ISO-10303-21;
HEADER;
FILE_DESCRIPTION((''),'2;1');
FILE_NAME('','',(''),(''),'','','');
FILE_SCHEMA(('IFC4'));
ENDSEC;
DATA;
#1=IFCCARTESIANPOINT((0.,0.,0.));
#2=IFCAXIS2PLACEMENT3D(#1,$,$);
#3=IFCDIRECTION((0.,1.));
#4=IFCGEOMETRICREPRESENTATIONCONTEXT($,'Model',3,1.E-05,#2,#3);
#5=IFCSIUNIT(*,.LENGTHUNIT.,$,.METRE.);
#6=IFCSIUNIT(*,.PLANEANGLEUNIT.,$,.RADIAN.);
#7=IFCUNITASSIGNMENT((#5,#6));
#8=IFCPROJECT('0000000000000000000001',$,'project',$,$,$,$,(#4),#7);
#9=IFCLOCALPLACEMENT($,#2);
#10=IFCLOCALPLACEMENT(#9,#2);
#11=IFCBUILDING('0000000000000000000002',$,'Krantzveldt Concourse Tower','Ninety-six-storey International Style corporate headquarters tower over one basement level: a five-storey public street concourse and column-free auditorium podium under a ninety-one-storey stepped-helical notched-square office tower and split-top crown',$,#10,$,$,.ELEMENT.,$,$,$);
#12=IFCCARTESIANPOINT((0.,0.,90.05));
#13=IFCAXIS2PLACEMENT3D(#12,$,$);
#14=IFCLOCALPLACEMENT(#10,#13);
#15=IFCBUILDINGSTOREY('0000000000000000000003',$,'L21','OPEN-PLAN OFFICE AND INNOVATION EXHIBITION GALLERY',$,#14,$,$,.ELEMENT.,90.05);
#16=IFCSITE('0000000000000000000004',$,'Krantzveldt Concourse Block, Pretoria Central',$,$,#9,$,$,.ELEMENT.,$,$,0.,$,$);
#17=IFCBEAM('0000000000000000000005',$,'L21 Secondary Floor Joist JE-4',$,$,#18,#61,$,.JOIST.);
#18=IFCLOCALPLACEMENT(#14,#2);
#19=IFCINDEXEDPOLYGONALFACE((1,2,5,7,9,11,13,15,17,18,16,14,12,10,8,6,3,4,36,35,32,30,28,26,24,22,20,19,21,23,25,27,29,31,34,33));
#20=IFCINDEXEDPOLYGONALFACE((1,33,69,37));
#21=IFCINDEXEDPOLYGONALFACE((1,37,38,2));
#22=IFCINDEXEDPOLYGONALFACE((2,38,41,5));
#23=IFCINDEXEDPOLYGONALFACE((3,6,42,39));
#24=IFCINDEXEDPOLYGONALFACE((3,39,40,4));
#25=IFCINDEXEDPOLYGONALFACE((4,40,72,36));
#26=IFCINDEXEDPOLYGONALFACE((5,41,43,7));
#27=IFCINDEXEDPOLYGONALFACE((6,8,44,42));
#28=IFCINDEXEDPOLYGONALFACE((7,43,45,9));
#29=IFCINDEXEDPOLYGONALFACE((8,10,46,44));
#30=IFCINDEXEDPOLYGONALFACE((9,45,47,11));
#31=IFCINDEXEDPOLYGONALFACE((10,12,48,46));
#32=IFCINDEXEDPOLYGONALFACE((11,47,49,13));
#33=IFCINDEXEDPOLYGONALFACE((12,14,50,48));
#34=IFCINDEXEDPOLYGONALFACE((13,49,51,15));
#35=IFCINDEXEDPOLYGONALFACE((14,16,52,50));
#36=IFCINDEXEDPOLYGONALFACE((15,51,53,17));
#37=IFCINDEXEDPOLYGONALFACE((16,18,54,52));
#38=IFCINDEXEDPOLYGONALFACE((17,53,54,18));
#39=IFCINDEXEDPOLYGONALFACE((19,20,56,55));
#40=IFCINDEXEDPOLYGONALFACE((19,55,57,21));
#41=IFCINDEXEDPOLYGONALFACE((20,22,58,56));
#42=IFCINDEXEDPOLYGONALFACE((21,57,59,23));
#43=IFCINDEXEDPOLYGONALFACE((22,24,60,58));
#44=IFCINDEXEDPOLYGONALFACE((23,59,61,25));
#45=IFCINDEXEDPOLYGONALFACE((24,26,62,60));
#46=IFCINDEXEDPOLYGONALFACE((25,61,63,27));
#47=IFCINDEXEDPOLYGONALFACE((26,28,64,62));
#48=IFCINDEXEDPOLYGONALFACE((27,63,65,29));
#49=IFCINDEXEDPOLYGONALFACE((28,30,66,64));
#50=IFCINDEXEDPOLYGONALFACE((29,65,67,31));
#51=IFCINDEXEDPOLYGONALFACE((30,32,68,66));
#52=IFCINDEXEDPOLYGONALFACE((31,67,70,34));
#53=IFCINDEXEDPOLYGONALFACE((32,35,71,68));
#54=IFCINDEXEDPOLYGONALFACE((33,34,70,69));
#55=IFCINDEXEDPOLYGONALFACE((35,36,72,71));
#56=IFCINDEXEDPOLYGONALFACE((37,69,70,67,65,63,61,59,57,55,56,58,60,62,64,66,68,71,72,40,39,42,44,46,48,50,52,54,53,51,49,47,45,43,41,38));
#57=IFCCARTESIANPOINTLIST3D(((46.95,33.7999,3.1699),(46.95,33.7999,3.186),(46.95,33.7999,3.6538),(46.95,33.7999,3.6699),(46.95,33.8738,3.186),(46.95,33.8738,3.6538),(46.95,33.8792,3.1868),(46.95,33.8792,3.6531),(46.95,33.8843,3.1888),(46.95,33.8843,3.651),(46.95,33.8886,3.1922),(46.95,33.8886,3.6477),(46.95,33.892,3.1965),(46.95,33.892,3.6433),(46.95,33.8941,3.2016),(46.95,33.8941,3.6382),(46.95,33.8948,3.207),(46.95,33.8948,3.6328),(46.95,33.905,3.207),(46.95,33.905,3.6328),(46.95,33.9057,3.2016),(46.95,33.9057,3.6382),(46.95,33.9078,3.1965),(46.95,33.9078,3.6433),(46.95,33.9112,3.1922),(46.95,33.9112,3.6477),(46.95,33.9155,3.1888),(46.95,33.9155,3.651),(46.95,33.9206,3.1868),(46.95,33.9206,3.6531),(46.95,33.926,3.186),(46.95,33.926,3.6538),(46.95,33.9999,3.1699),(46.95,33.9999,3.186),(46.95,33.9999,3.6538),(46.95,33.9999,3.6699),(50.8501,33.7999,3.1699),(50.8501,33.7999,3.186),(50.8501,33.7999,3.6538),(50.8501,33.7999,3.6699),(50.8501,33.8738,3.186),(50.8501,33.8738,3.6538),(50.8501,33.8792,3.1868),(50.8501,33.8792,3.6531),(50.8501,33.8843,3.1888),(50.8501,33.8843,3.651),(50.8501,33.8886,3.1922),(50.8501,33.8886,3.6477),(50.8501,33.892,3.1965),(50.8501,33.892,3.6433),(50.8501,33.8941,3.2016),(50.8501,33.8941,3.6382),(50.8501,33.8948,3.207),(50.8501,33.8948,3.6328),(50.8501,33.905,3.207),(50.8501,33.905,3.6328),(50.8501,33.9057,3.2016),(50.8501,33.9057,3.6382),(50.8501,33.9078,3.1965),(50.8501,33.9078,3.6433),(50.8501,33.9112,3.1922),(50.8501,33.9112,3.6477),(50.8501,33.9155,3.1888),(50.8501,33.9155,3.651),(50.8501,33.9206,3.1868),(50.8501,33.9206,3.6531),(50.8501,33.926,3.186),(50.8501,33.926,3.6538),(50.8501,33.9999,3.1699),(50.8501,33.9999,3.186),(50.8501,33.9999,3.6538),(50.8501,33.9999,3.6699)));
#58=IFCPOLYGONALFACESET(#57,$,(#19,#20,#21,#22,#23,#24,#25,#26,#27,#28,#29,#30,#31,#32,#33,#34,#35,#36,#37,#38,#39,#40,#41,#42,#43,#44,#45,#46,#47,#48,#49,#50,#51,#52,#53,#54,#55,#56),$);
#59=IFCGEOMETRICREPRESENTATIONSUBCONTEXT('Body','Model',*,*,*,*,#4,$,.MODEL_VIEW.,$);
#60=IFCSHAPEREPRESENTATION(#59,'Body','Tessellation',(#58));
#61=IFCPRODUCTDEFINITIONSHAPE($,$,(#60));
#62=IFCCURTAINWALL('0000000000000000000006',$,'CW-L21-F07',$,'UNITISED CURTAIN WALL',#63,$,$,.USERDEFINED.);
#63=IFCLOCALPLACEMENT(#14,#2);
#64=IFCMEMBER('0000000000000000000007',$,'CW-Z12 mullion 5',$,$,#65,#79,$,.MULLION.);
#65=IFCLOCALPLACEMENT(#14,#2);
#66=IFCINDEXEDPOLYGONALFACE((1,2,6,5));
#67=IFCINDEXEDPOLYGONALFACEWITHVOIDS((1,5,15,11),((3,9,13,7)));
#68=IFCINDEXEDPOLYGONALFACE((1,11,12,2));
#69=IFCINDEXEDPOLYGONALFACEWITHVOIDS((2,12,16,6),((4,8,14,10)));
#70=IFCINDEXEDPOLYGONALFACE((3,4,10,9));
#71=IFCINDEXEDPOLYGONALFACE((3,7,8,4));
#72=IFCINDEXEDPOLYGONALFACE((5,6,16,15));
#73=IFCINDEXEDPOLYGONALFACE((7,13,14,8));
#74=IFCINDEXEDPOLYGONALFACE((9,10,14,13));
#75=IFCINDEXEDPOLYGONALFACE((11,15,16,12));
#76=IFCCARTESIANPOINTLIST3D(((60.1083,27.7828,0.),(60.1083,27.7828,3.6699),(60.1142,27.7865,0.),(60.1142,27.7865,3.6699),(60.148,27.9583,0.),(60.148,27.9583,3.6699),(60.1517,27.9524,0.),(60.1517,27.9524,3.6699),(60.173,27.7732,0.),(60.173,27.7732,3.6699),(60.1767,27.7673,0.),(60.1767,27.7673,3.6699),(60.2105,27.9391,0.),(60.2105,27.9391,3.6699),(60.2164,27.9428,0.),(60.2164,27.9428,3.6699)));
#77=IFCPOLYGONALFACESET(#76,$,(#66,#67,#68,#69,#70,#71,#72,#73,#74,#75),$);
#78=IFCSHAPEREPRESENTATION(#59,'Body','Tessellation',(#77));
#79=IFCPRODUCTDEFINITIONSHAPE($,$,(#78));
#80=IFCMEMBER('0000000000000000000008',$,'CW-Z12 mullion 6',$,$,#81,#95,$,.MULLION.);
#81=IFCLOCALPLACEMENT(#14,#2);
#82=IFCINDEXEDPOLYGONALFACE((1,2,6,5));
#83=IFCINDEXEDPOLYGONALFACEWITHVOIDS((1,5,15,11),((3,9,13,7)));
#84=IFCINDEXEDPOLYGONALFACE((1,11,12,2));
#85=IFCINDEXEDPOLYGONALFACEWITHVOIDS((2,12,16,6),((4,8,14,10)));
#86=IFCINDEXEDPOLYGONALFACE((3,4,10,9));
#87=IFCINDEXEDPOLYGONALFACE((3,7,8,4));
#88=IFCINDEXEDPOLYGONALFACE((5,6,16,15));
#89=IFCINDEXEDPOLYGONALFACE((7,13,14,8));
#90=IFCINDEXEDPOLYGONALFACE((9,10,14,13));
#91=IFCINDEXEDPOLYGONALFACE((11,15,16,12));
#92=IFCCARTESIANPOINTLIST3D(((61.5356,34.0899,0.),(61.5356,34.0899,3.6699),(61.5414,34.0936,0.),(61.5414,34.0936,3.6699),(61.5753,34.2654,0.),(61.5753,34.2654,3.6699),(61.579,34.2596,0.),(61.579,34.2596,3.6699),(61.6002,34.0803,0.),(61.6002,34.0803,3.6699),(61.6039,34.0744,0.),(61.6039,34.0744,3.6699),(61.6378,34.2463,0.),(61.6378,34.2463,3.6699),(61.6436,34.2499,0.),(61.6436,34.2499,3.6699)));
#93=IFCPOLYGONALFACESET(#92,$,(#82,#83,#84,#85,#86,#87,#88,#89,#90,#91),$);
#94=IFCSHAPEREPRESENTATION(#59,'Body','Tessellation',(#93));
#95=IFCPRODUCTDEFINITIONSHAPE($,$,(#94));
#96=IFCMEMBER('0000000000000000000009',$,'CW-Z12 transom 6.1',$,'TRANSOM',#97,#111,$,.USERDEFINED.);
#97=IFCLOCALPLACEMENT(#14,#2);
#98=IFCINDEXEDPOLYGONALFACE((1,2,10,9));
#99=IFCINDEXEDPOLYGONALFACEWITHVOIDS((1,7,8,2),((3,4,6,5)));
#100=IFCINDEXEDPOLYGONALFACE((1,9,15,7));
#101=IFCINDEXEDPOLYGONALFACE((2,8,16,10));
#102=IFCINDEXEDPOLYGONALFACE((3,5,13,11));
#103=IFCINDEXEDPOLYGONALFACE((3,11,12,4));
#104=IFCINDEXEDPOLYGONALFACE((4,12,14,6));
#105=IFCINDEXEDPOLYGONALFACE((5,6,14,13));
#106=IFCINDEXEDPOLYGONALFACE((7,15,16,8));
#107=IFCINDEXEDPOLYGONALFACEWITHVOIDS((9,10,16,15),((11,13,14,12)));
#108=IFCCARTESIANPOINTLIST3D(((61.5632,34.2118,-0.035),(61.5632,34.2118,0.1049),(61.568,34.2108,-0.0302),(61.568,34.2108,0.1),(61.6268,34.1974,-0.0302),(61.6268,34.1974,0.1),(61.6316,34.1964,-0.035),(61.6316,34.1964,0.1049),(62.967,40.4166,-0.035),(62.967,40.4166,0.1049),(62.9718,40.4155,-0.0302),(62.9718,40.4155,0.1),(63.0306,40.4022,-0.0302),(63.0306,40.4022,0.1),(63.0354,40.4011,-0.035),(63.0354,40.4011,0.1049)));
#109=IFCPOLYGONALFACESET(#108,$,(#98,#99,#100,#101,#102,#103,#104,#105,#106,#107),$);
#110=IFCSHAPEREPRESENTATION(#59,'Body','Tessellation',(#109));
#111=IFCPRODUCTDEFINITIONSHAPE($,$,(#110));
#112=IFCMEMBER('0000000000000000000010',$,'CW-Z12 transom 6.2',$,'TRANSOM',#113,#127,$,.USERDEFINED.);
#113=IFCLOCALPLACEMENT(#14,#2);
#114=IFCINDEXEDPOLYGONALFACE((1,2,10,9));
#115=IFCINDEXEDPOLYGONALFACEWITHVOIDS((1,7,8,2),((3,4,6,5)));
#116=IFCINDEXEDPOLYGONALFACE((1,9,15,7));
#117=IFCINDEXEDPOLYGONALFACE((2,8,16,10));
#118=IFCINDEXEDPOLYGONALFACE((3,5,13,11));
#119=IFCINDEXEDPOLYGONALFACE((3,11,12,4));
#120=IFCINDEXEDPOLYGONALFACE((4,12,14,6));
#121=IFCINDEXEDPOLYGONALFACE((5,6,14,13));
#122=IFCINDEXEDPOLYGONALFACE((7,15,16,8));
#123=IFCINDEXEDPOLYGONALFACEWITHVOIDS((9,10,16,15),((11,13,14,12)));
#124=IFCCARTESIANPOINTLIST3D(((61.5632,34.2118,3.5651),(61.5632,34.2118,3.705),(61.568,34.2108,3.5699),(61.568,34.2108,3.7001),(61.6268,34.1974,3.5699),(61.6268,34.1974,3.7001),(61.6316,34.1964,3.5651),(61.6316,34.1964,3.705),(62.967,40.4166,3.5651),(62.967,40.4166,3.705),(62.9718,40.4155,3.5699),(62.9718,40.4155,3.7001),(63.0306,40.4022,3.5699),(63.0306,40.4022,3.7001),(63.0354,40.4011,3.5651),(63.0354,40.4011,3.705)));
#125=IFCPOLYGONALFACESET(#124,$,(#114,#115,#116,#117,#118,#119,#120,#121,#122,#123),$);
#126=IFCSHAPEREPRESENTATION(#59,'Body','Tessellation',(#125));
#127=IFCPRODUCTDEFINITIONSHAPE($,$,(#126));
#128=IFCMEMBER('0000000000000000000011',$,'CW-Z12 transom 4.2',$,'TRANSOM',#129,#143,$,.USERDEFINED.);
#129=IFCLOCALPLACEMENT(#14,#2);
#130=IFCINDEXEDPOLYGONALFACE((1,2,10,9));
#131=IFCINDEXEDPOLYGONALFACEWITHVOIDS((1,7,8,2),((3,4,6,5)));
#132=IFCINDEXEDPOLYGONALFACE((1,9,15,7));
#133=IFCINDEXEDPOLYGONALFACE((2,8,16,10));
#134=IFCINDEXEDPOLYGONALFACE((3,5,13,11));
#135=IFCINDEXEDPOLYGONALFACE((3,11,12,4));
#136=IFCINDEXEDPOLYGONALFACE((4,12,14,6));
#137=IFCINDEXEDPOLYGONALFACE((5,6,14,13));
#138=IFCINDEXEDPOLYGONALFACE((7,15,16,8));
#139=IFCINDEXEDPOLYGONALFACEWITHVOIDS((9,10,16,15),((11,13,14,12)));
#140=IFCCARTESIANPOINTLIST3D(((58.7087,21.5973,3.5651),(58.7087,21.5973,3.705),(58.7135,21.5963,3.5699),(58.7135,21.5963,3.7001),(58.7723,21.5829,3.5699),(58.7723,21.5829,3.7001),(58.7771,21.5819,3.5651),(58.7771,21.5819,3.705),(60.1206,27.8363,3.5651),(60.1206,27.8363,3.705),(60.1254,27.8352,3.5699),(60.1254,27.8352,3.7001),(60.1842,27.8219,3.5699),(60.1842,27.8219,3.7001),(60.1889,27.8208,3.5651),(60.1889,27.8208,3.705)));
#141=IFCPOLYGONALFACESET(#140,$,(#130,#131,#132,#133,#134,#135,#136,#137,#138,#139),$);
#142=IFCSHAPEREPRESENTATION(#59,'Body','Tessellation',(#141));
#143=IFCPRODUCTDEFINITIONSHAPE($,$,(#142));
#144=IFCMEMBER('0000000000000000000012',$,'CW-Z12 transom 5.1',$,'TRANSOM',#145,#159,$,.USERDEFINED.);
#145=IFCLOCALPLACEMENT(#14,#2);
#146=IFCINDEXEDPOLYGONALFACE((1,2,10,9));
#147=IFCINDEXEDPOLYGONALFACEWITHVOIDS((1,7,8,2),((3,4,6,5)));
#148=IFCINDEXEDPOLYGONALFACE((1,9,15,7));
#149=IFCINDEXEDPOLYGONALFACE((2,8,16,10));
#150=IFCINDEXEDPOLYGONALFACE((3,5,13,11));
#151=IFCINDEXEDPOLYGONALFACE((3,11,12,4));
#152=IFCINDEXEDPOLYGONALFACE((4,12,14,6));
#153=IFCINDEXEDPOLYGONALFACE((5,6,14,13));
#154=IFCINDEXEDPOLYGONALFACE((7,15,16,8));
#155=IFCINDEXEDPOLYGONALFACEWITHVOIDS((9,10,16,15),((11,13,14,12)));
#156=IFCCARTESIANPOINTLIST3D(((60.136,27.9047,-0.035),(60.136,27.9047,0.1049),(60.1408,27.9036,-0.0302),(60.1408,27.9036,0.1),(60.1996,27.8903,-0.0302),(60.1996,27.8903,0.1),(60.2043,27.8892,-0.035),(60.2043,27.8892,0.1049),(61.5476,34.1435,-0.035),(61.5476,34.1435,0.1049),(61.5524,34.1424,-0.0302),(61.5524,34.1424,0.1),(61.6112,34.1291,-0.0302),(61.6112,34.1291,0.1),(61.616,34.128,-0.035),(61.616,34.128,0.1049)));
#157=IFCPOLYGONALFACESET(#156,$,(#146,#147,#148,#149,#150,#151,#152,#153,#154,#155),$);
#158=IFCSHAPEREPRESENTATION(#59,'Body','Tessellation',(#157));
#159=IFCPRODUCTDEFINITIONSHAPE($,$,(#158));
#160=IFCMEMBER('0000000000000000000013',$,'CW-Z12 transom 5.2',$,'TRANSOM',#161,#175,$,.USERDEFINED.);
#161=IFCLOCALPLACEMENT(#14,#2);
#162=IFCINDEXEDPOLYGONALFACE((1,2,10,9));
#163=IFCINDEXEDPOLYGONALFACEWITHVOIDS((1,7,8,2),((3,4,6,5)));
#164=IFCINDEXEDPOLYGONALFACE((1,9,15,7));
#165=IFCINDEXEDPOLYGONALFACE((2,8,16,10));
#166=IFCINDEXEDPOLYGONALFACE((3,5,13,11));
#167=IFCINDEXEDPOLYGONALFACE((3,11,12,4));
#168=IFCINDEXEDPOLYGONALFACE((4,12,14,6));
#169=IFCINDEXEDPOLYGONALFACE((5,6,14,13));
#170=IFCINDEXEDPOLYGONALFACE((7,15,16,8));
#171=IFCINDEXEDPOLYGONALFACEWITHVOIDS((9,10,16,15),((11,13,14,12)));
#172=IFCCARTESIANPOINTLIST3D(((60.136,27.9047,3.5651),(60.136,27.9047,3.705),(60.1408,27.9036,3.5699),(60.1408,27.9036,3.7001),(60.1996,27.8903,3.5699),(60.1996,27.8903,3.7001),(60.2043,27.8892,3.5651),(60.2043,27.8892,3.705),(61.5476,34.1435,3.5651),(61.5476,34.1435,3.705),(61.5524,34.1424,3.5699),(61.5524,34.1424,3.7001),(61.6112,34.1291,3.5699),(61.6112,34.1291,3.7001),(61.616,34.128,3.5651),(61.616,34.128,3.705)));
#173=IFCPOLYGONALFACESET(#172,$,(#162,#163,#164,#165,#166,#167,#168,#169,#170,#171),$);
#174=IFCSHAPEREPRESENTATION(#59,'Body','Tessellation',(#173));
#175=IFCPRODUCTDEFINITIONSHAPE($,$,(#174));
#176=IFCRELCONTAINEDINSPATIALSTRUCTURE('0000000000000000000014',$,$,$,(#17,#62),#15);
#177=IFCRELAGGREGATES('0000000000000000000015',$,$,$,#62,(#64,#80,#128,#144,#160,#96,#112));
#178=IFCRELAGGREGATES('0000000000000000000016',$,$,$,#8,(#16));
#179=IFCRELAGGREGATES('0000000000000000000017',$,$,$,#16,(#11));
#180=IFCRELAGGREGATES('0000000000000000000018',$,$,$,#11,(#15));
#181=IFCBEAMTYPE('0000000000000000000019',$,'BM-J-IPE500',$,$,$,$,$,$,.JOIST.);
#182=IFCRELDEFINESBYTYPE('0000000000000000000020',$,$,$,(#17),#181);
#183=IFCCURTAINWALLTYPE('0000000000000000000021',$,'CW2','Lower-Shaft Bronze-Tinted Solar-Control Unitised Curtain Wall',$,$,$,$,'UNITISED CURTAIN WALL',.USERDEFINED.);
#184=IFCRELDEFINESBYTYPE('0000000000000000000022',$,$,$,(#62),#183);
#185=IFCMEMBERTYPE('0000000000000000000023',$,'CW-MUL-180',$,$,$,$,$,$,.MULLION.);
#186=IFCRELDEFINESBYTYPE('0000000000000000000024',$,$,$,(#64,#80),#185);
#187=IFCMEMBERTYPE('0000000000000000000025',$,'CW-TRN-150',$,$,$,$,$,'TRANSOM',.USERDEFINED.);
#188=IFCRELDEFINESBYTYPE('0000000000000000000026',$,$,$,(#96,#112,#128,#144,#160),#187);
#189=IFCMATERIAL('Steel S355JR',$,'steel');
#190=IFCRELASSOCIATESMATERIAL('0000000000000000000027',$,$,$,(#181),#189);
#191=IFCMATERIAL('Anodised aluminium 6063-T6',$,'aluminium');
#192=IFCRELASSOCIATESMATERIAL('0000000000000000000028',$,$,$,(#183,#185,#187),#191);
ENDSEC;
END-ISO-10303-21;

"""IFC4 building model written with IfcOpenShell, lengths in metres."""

from ifc_helpers import new_model, si_unit, direction, frame, origin, origin_2d, place, context, subcontext, project, spatial, hollow_rectangle, i_section, extrude, source, transform, mapped, material, material_profile, profile_set, type_object, type_shapes, element, aggregate, save


model = new_model("IFC4")

# Units and contexts
model_context = context("Model", 3, precision=1e-05, world=origin(), true_north=direction((0.0, 1.0)))
body_context = subcontext(model_context, "Body", "Model", "MODEL_VIEW")
ifc_project = project(units=[si_unit("LENGTHUNIT", "METRE"), si_unit("PLANEANGLEUNIT", "RADIAN")], contexts=[model_context])

# Site, building, storey
site_placement = place(None, origin())
site = spatial("IfcSite", under=ifc_project, at=site_placement, Name="Krantzveldt Concourse Block, Pretoria Central", CompositionType="ELEMENT", RefElevation=0.0)
building_placement = place(site_placement, origin())
building = spatial("IfcBuilding", under=site, at=building_placement, Name="Krantzveldt Concourse Tower", Description="Ninety-six-storey International Style corporate headquarters tower over one basement level: a five-storey public street concourse and column-free auditorium podium under a ninety-one-storey stepped-helical notched-square office tower and split-top crown", CompositionType="ELEMENT")
storey_placement = place(building_placement, frame((0.0, 0.0, 90.05)))
storey = spatial("IfcBuildingStorey", under=building, at=storey_placement, Name="L21", Description="OPEN-PLAN OFFICE AND INNOVATION EXHIBITION GALLERY", CompositionType="ELEMENT", Elevation=90.05)

# Beam
ifc_material_1 = material(Name="Steel S355JR", Category="steel")
ifc_material_profile_1 = material_profile(ifc_material_1, i_section(OverallWidth=0.2, OverallDepth=0.5, WebThickness=0.0103, FlangeThickness=0.0161, FilletRadius=0.021, at=origin_2d()), Name="Steel S355JR", Category="steel")
ifc_profile_set_1 = profile_set([ifc_material_profile_1], Name="Steel S355JR - IPE 500")
beam_type_1 = type_object("IfcBeamType", Name="BM-J-IPE500", PredefinedType="JOIST", material=ifc_profile_set_1)
shared_shape_1 = source(origin(), body_context, "Body", "SweptSolid", [
    extrude(i_section(OverallWidth=0.2, OverallDepth=0.5, WebThickness=0.0103, FlangeThickness=0.0161, FilletRadius=0.021, at=origin_2d()), origin(), (0.0, 0.0, 1.0), 3.9001),
])
type_shapes(beam_type_1, [shared_shape_1])
for number, where, z_axis, x_axis, name in (
    (1, (46.95, 33.8999, 3.4199), (1.0, 0.0, 0.0), (0.0, 1.0, 0.0), "L21 Secondary Floor Joist JE-4"),
):
    element("IfcBeam", number, at=place(storey_placement, frame(where, z_axis=z_axis, x_axis=x_axis)), inside=storey, type_object=beam_type_1, Name=name, PredefinedType="JOIST", context=body_context, shape_type="MappedRepresentation", body=[
        mapped(shared_shape_1, transform((0.0, 0.0, 0.0), x_axis=(1.0, 0.0, 0.0), y_axis=(0.0, 1.0, 0.0), z_axis=(0.0, 0.0, 1.0), scale=1.0)),
    ])

# Curtain wall, members
ifc_material_2 = material(Name="Anodised aluminium 6063-T6", Category="aluminium")
curtain_wall_type = type_object("IfcCurtainWallType", Name="CW2", Description="Lower-Shaft Bronze-Tinted Solar-Control Unitised Curtain Wall", ElementType="UNITISED CURTAIN WALL", PredefinedType="USERDEFINED", material=ifc_material_2)
curtain_wall_placement = place(storey_placement, origin())
curtain_wall = element("IfcCurtainWall", 2, at=curtain_wall_placement, inside=storey, type_object=curtain_wall_type, Name="CW-L21-F07", ObjectType="UNITISED CURTAIN WALL", PredefinedType="USERDEFINED")
ifc_material_profile_2 = material_profile(ifc_material_2, hollow_rectangle(XDim=0.0701, YDim=0.1799, WallThickness=0.0049, at=origin_2d()), Name="Anodised aluminium 6063-T6", Category="aluminium")
ifc_profile_set_2 = profile_set([ifc_material_profile_2], Name="Anodised aluminium 6063-T6 - ALU-MULL 180x70x5")
member_type_1 = type_object("IfcMemberType", Name="CW-MUL-180", PredefinedType="MULLION", material=ifc_profile_set_2)
shared_shape_2 = source(origin(), body_context, "Body", "SweptSolid", [
    extrude(hollow_rectangle(XDim=0.0701, YDim=0.1799, WallThickness=0.0049, at=origin_2d()), origin(), (0.0, 0.0, 1.0), 3.6699),
])
type_shapes(member_type_1, [shared_shape_2])
member_1_placement = place(storey_placement, frame((60.1624, 27.8628, 0.0), z_axis=(0.0, 0.0, 1.0), x_axis=(-0.975342, 0.220697, 0.0)))
member_1 = element("IfcMember", 3, at=member_1_placement, type_object=member_type_1, Name="CW-Z12 mullion 5", PredefinedType="MULLION", context=body_context, shape_type="MappedRepresentation", body=[
    mapped(shared_shape_2, transform((0.0, 0.0, 0.0), x_axis=(1.0, 0.0, 0.0), y_axis=(0.0, 1.0, 0.0), z_axis=(0.0, 0.0, 1.0), scale=1.0)),
])
member_2_placement = place(storey_placement, frame((61.5896, 34.1699, 0.0), z_axis=(0.0, 0.0, 1.0), x_axis=(-0.975342, 0.220697, 0.0)))
member_2 = element("IfcMember", 4, at=member_2_placement, type_object=member_type_1, Name="CW-Z12 mullion 6", PredefinedType="MULLION", context=body_context, shape_type="MappedRepresentation", body=[
    mapped(shared_shape_2, transform((0.0, 0.0, 0.0), x_axis=(1.0, 0.0, 0.0), y_axis=(0.0, 1.0, 0.0), z_axis=(0.0, 0.0, 1.0), scale=1.0)),
])
ifc_material_profile_3 = material_profile(ifc_material_2, hollow_rectangle(XDim=0.0701, YDim=0.1399, WallThickness=0.0049, at=origin_2d()), Name="Anodised aluminium 6063-T6", Category="aluminium")
ifc_profile_set_3 = profile_set([ifc_material_profile_3], Name="Anodised aluminium 6063-T6 - ALU-TRAN 140x70x5")
member_type_2 = type_object("IfcMemberType", Name="CW-TRN-150", ElementType="TRANSOM", PredefinedType="USERDEFINED", material=ifc_profile_set_3)
shared_shape_3 = source(origin(), body_context, "Body", "SweptSolid", [
    extrude(hollow_rectangle(XDim=0.0701, YDim=0.1399, WallThickness=0.0049, at=origin_2d()), origin(), (0.0, 0.0, 1.0), 6.3616),
])
member_3_placement = place(storey_placement, frame((61.5974, 34.2041, 0.0349), z_axis=(0.220667, 0.975349, 0.0), x_axis=(-0.975349, 0.220667, 0.0)))
member_3 = element("IfcMember", 5, at=member_3_placement, type_object=member_type_2, Name="CW-Z12 transom 6.1", ObjectType="TRANSOM", PredefinedType="USERDEFINED", context=body_context, shape_type="MappedRepresentation", body=[
    mapped(shared_shape_3, transform((0.0, 0.0, 0.0), x_axis=(1.0, 0.0, 0.0), y_axis=(0.0, 1.0, 0.0), z_axis=(0.0, 0.0, 1.0), scale=1.0)),
])
member_4_placement = place(storey_placement, frame((61.5974, 34.2041, 3.635), z_axis=(0.220667, 0.975349, 0.0), x_axis=(-0.975349, 0.220667, 0.0)))
member_4 = element("IfcMember", 6, at=member_4_placement, type_object=member_type_2, Name="CW-Z12 transom 6.2", ObjectType="TRANSOM", PredefinedType="USERDEFINED", context=body_context, shape_type="MappedRepresentation", body=[
    mapped(shared_shape_3, transform((0.0, 0.0, 0.0), x_axis=(1.0, 0.0, 0.0), y_axis=(0.0, 1.0, 0.0), z_axis=(0.0, 0.0, 1.0), scale=1.0)),
])
shared_shape_4 = source(origin(), body_context, "Body", "SweptSolid", [
    extrude(hollow_rectangle(XDim=0.0701, YDim=0.1399, WallThickness=0.0049, at=origin_2d()), origin(), (0.0, 0.0, 1.0), 6.3967),
])
member_5_placement = place(storey_placement, frame((58.7429, 21.5896, 3.635), z_axis=(0.220715, 0.975338, 0.0), x_axis=(-0.975338, 0.220715, 0.0)))
member_5 = element("IfcMember", 7, at=member_5_placement, type_object=member_type_2, Name="CW-Z12 transom 4.2", ObjectType="TRANSOM", PredefinedType="USERDEFINED", context=body_context, shape_type="MappedRepresentation", body=[
    mapped(shared_shape_4, transform((0.0, 0.0, 0.0), x_axis=(1.0, 0.0, 0.0), y_axis=(0.0, 1.0, 0.0), z_axis=(0.0, 0.0, 1.0), scale=1.0)),
])
shared_shape_5 = source(origin(), body_context, "Body", "SweptSolid", [
    extrude(hollow_rectangle(XDim=0.0701, YDim=0.1399, WallThickness=0.0049, at=origin_2d()), origin(), (0.0, 0.0, 1.0), 6.3965),
])
type_shapes(member_type_2, [shared_shape_3, shared_shape_4, shared_shape_5])
member_6_placement = place(storey_placement, frame((60.1702, 27.897, 0.0349), z_axis=(0.220687, 0.975345, 0.0), x_axis=(-0.975345, 0.220687, 0.0)))
member_6 = element("IfcMember", 8, at=member_6_placement, type_object=member_type_2, Name="CW-Z12 transom 5.1", ObjectType="TRANSOM", PredefinedType="USERDEFINED", context=body_context, shape_type="MappedRepresentation", body=[
    mapped(shared_shape_5, transform((0.0, 0.0, 0.0), x_axis=(1.0, 0.0, 0.0), y_axis=(0.0, 1.0, 0.0), z_axis=(0.0, 0.0, 1.0), scale=1.0)),
])
member_7_placement = place(storey_placement, frame((60.1702, 27.897, 3.635), z_axis=(0.220687, 0.975345, 0.0), x_axis=(-0.975345, 0.220687, 0.0)))
member_7 = element("IfcMember", 9, at=member_7_placement, type_object=member_type_2, Name="CW-Z12 transom 5.2", ObjectType="TRANSOM", PredefinedType="USERDEFINED", context=body_context, shape_type="MappedRepresentation", body=[
    mapped(shared_shape_5, transform((0.0, 0.0, 0.0), x_axis=(1.0, 0.0, 0.0), y_axis=(0.0, 1.0, 0.0), z_axis=(0.0, 0.0, 1.0), scale=1.0)),
])
aggregate(curtain_wall, [member_1, member_2, member_5, member_6, member_7, member_3, member_4])

save(model, "model.ifc")
